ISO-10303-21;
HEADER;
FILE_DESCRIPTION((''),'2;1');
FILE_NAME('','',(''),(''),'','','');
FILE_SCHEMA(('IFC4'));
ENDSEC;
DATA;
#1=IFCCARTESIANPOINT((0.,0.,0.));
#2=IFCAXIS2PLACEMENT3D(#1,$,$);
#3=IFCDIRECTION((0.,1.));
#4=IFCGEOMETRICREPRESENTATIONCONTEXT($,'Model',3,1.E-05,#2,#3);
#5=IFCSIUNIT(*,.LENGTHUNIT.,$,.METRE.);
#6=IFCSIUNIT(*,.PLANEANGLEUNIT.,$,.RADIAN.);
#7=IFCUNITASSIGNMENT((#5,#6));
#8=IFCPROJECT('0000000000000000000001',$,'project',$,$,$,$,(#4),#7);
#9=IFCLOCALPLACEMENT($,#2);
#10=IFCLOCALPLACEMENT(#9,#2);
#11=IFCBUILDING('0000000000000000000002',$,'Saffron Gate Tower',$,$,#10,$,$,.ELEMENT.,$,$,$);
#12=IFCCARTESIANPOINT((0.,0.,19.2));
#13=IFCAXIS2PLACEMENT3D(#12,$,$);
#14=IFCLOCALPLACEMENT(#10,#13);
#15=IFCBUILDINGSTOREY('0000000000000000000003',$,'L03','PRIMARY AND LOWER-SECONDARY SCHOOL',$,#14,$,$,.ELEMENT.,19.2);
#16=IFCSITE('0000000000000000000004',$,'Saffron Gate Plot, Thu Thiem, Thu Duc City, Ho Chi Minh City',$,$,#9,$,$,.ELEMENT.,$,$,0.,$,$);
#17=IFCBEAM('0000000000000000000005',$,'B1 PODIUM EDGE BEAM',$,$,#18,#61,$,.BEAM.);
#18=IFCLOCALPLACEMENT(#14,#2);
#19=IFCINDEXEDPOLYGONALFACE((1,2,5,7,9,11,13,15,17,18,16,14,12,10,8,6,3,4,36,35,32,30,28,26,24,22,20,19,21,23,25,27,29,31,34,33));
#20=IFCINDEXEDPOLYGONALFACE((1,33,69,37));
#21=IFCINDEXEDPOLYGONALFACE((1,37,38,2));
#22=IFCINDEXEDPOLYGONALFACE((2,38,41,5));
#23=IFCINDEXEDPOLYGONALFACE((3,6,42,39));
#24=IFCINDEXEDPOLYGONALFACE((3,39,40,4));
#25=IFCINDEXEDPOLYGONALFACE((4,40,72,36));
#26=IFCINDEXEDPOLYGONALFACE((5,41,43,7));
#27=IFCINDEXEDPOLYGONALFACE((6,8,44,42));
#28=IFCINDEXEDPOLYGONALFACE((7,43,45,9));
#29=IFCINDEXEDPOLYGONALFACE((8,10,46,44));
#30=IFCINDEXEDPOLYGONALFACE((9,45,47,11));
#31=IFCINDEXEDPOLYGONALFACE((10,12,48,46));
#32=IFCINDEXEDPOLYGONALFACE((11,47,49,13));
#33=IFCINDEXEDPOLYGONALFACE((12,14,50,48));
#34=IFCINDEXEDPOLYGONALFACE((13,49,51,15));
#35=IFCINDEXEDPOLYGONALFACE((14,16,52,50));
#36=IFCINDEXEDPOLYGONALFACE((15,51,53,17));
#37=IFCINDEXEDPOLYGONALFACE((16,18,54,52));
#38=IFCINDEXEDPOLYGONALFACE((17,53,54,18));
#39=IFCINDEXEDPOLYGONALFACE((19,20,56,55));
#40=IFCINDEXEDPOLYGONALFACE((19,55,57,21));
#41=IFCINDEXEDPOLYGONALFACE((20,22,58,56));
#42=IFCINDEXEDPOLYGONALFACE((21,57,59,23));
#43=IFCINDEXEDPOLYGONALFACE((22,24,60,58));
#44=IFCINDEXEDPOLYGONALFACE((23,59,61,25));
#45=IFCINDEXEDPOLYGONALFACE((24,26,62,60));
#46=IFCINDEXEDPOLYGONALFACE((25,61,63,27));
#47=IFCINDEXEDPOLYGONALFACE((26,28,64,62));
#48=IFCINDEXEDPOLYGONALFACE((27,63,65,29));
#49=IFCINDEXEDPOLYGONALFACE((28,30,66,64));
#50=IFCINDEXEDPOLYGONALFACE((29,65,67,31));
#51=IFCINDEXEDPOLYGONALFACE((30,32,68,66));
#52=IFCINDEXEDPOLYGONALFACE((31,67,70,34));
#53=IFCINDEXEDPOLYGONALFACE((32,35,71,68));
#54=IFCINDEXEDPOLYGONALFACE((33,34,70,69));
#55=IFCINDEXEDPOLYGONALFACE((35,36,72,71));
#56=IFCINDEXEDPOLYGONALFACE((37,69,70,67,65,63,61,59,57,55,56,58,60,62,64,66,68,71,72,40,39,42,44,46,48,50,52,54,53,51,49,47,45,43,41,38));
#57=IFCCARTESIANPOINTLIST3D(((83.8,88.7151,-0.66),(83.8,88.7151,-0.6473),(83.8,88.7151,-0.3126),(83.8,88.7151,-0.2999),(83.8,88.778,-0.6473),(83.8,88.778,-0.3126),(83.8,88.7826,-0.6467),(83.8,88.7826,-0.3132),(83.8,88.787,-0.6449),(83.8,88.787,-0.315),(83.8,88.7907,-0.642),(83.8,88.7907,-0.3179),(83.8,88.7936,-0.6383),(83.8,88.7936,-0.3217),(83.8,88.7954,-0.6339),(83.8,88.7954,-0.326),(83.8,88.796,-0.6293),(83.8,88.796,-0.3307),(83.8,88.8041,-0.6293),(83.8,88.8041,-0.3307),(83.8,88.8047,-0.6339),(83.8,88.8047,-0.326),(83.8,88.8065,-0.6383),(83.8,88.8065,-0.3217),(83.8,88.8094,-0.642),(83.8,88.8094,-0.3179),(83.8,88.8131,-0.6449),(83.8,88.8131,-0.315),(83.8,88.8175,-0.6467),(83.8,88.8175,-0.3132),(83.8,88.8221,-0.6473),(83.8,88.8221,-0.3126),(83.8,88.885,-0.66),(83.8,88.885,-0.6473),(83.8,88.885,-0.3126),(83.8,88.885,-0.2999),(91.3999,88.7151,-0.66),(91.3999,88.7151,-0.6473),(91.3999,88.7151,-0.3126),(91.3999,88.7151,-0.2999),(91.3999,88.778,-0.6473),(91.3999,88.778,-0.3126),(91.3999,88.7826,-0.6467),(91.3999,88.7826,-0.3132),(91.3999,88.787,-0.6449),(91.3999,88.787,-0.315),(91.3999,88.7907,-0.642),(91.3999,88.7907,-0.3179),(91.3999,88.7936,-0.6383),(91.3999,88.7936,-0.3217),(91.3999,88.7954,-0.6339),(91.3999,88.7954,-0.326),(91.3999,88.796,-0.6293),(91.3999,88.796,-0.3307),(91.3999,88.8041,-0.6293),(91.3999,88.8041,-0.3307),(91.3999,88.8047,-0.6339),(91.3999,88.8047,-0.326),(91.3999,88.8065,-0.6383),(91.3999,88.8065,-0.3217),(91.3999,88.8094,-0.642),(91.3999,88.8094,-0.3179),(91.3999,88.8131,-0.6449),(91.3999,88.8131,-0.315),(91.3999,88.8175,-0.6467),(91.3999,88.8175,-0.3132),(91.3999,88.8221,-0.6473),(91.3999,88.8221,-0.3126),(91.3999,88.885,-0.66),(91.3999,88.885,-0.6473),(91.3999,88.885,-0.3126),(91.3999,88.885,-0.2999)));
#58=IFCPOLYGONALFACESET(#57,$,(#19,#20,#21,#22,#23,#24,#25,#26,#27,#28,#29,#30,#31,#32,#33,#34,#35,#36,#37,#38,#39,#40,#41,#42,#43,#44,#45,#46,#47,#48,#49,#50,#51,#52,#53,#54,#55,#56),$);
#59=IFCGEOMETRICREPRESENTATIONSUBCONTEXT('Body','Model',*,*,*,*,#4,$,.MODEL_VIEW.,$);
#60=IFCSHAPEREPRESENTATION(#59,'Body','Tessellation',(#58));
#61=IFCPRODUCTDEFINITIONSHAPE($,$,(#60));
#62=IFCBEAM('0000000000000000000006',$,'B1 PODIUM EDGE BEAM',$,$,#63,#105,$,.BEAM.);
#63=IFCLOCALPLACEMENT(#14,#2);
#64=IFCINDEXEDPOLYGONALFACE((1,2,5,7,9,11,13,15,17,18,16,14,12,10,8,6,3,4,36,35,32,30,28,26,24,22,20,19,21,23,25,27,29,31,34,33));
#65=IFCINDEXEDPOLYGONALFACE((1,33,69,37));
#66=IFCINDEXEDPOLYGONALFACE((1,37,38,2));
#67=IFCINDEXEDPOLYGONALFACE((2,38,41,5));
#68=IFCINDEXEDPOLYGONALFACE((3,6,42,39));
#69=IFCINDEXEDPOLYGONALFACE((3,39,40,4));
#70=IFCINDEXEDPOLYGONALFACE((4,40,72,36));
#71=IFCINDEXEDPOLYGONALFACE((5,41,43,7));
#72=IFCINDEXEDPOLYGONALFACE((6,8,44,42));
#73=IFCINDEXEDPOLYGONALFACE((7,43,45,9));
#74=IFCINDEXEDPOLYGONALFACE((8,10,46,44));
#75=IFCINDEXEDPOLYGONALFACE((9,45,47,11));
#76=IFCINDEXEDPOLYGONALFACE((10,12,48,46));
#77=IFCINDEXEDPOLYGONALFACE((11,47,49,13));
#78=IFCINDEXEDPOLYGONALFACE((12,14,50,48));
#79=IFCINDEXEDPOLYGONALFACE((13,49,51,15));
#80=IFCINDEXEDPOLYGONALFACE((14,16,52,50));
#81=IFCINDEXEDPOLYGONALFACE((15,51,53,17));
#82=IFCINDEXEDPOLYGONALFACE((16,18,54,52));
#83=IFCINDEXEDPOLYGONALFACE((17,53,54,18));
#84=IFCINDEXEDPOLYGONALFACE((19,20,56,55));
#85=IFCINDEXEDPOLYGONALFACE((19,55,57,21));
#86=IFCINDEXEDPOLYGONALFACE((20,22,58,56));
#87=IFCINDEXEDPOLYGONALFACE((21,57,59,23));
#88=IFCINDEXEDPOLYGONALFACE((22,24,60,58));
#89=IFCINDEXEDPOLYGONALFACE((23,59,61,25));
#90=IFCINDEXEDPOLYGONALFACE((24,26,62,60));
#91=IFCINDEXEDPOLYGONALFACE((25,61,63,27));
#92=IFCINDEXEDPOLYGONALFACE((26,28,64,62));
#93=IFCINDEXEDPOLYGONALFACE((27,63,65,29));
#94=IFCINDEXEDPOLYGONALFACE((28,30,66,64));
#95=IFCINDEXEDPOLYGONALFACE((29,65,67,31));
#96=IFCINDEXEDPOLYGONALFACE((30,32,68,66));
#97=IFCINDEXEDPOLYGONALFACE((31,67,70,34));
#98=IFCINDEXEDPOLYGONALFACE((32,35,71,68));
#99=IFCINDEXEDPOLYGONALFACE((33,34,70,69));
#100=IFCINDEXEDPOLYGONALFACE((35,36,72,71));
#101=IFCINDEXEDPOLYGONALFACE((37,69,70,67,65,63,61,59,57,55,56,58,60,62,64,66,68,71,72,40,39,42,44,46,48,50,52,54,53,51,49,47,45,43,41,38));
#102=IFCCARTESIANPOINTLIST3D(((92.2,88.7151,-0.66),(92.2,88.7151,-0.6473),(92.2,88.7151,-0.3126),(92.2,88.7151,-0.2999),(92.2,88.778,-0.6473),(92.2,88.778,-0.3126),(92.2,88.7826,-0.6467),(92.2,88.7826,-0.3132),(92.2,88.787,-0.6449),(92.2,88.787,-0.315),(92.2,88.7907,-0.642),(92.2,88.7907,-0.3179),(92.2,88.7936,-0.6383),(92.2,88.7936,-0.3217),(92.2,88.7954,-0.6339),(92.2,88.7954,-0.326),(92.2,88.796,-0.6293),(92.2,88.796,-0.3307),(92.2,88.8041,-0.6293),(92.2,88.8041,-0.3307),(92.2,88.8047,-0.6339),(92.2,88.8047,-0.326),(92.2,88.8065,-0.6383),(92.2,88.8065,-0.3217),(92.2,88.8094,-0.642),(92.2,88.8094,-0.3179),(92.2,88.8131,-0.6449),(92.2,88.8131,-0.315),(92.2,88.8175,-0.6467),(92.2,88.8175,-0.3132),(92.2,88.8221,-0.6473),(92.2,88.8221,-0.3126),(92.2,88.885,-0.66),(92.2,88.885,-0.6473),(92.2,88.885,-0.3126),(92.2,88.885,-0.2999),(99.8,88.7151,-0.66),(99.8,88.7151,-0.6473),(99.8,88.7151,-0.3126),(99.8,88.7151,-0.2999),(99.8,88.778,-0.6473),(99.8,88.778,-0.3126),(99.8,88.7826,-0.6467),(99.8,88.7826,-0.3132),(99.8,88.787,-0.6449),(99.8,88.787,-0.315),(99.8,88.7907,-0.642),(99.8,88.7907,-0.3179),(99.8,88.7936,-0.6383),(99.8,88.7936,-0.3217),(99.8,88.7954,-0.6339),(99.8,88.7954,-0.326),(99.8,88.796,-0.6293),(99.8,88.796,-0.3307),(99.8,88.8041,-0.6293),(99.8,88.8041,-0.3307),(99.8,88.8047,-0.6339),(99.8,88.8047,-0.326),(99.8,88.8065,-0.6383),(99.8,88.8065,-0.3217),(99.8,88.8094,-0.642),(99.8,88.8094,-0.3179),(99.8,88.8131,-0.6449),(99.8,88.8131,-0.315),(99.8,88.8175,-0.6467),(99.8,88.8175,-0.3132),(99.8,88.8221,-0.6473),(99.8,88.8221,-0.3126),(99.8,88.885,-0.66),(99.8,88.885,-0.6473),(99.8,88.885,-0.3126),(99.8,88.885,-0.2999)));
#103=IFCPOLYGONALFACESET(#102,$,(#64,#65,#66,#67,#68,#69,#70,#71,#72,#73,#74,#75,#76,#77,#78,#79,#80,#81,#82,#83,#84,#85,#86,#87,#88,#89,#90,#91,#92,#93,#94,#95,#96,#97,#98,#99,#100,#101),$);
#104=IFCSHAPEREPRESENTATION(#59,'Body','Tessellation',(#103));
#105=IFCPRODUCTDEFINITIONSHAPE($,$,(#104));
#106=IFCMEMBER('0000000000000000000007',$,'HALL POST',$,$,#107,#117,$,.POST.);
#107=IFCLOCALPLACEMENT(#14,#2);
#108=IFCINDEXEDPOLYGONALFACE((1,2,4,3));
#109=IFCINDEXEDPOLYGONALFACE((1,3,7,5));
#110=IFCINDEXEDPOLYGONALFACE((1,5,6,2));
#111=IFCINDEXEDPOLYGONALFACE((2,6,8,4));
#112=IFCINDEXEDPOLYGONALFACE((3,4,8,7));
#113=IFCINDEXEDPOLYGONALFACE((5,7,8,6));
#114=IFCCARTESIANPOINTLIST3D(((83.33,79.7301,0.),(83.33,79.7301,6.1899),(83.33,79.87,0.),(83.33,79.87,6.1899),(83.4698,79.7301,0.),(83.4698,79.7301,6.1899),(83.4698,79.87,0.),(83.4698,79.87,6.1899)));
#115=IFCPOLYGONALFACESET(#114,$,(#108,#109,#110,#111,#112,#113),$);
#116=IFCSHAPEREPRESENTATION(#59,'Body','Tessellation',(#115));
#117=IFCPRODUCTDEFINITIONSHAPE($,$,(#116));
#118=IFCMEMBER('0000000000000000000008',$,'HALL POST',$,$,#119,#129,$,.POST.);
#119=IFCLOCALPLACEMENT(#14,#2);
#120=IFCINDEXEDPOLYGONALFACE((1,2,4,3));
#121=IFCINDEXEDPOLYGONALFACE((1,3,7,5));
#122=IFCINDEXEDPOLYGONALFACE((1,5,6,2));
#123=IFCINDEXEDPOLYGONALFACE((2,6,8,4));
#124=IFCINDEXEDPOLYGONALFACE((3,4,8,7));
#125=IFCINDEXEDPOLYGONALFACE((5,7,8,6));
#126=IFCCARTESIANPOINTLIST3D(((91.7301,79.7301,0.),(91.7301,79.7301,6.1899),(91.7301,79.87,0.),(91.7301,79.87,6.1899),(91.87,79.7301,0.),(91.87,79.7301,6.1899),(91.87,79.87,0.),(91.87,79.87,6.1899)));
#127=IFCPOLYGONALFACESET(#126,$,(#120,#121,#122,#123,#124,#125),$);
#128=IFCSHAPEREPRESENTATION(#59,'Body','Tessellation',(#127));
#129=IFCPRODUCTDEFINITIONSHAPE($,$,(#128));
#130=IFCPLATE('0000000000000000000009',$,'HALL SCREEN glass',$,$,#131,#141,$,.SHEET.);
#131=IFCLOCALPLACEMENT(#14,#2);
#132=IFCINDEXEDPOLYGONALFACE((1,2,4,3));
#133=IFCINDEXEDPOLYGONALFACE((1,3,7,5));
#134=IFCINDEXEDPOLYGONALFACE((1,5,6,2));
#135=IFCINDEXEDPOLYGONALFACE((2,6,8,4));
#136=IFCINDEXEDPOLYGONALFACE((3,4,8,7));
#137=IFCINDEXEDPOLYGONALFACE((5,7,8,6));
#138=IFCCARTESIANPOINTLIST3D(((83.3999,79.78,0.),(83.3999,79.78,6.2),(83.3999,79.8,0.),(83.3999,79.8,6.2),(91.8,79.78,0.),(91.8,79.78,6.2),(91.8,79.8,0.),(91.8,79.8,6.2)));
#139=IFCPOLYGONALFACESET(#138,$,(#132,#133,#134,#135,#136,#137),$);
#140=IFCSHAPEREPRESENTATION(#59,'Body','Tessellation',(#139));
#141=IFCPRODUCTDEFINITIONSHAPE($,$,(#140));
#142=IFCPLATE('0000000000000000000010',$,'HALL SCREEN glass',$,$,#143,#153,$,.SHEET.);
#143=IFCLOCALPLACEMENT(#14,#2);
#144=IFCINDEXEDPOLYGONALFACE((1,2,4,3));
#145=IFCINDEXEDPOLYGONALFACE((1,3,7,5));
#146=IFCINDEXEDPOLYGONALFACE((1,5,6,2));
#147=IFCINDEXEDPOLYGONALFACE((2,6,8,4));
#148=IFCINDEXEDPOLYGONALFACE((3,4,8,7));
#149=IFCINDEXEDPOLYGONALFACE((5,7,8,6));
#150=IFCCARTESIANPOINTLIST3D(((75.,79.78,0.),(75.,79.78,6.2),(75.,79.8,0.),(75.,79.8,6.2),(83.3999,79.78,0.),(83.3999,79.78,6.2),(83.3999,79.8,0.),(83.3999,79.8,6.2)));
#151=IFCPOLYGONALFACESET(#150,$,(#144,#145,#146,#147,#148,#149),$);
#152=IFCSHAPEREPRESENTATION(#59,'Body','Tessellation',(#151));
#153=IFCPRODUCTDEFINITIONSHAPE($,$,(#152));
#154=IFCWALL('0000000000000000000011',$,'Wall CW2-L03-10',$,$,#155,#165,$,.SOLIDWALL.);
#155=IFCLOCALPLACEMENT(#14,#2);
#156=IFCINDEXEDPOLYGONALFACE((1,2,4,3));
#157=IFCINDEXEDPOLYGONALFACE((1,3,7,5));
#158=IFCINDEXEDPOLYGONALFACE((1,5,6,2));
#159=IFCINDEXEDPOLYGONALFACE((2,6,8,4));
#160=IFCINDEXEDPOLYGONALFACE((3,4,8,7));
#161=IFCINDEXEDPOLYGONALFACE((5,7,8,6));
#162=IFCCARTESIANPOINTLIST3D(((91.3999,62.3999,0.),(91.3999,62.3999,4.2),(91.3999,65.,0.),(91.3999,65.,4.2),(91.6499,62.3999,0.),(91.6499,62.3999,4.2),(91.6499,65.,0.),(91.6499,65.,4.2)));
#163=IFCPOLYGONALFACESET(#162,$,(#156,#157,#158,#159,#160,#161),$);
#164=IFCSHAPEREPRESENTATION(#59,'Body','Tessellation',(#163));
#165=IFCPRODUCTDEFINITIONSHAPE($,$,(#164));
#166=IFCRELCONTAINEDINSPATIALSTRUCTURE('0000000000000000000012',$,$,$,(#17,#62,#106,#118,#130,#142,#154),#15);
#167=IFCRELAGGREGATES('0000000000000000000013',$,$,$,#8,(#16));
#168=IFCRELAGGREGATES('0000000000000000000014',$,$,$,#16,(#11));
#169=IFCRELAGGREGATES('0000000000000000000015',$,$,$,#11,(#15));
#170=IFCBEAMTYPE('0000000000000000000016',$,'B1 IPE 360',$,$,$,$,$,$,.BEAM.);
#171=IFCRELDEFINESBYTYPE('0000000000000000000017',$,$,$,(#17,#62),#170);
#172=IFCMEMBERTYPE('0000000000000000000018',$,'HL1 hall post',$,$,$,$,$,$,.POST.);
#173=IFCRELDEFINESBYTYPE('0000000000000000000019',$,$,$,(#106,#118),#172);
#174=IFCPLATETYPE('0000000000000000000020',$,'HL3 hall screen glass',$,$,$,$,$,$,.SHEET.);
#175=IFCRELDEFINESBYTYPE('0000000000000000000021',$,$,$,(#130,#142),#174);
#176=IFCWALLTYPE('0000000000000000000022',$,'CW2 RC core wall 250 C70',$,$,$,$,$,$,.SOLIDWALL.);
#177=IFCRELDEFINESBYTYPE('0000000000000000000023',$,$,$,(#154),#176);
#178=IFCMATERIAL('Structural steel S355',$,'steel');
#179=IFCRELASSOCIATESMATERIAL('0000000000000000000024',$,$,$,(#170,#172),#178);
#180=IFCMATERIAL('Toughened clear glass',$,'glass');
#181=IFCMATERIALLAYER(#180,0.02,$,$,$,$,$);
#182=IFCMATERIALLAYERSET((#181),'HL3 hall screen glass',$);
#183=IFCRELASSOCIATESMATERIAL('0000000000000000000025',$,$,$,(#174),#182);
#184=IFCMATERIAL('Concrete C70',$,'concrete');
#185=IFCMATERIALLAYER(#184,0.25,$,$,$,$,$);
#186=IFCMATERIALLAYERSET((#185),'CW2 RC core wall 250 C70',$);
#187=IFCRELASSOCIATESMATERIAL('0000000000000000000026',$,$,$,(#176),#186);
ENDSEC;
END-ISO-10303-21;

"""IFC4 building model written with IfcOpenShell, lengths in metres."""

from ifc_helpers import new_model, si_unit, direction, frame, frame_2d, origin, origin_2d, place, context, subcontext, project, spatial, polyline, rectangle, i_section, outline, extrude, material, layer, layer_set, material_profile, profile_set, type_object, element, save


model = new_model("IFC4")

# Units and contexts
model_context = context("Model", 3, precision=1e-05, world=origin(), true_north=direction((0.0, 1.0)))
body_context = subcontext(model_context, "Body", "Model", "MODEL_VIEW")
ifc_project = project(units=[si_unit("LENGTHUNIT", "METRE"), si_unit("PLANEANGLEUNIT", "RADIAN")], contexts=[model_context])

# Site, building, storey
site_placement = place(None, origin())
site = spatial("IfcSite", under=ifc_project, at=site_placement, Name="Saffron Gate Plot, Thu Thiem, Thu Duc City, Ho Chi Minh City", CompositionType="ELEMENT", RefElevation=0.0)
building_placement = place(site_placement, origin())
building = spatial("IfcBuilding", under=site, at=building_placement, Name="Saffron Gate Tower", CompositionType="ELEMENT")
storey_placement = place(building_placement, frame((0.0, 0.0, 19.2)))
storey = spatial("IfcBuildingStorey", under=building, at=storey_placement, Name="L03", Description="PRIMARY AND LOWER-SECONDARY SCHOOL", CompositionType="ELEMENT", Elevation=19.2)

# Beams
ifc_material_1 = material(Name="Structural steel S355", Category="steel")
ifc_material_profile_1 = material_profile(ifc_material_1, i_section(OverallWidth=0.1699, OverallDepth=0.3601, WebThickness=0.0081, FlangeThickness=0.0127, FilletRadius=0.0181, at=origin_2d()))
ifc_profile_set_1 = profile_set([ifc_material_profile_1], Name="Structural steel S355")
beam_type = type_object("IfcBeamType", Name="B1 IPE 360", PredefinedType="BEAM", material=ifc_profile_set_1)
beam_1_placement = place(storey_placement, frame((83.8, 88.8, -0.48), z_axis=(1.0, 0.0, 0.0), x_axis=(0.0, 1.0, 0.0)))
element("IfcBeam", 1, at=beam_1_placement, inside=storey, type_object=beam_type, Name="B1 PODIUM EDGE BEAM", PredefinedType="BEAM", context=body_context, shape_type="SweptSolid", body=[
    extrude(i_section(OverallWidth=0.1699, OverallDepth=0.3601, WebThickness=0.0081, FlangeThickness=0.0127, FilletRadius=0.0181, at=origin_2d()), origin(), (0.0, 0.0, 1.0), 7.5999),
])
beam_2_placement = place(storey_placement, frame((92.2, 88.8, -0.48), z_axis=(1.0, 0.0, 0.0), x_axis=(0.0, 1.0, 0.0)))
element("IfcBeam", 2, at=beam_2_placement, inside=storey, type_object=beam_type, Name="B1 PODIUM EDGE BEAM", PredefinedType="BEAM", context=body_context, shape_type="SweptSolid", body=[
    extrude(i_section(OverallWidth=0.1699, OverallDepth=0.3601, WebThickness=0.0081, FlangeThickness=0.0127, FilletRadius=0.0181, at=origin_2d()), origin(), (0.0, 0.0, 1.0), 7.6001),
])

# Members
ifc_material_profile_2 = material_profile(ifc_material_1, rectangle(XDim=0.1399, YDim=0.1399, at=origin_2d()))
ifc_profile_set_2 = profile_set([ifc_material_profile_2], Name="Structural steel S355")
member_type = type_object("IfcMemberType", Name="HL1 hall post", PredefinedType="POST", material=ifc_profile_set_2)
for number, where, z_axis, x_axis, name in (
    (3, (83.3999, 79.8, 0.0), (0.0, 0.0, 1.0), (1.0, 0.0, 0.0), "HALL POST"),
    (4, (91.8, 79.8, 0.0), (0.0, 0.0, 1.0), (1.0, 0.0, 0.0), "HALL POST"),
):
    element("IfcMember", number, at=place(storey_placement, frame(where, z_axis=z_axis, x_axis=x_axis)), inside=storey, type_object=member_type, Name=name, PredefinedType="POST", context=body_context, shape_type="SweptSolid", body=[
        extrude(rectangle(XDim=0.1399, YDim=0.1399, at=origin_2d()), origin(), (0.0, 0.0, 1.0), 6.1899),
    ])

# Plates
ifc_material_2 = material(Name="Toughened clear glass", Category="glass")
ifc_layer_1 = layer(ifc_material_2, 0.02)
ifc_layer_set_1 = layer_set([ifc_layer_1], Name="HL3 hall screen glass")
plate_type = type_object("IfcPlateType", Name="HL3 hall screen glass", PredefinedType="SHEET", material=ifc_layer_set_1)
plate_1_placement = place(storey_placement, frame((91.8, 79.8, 0.0), z_axis=(0.0, 1.0, 0.0), x_axis=(-1.0, 0.0, 0.0)))
element("IfcPlate", 5, at=plate_1_placement, inside=storey, type_object=plate_type, Name="HALL SCREEN glass", PredefinedType="SHEET", context=body_context, shape_type="SweptSolid", body=[
    extrude(outline(polyline([(0.0, 0.0), (8.4001, 0.0), (8.4001, 6.2), (0.0, 6.2), (0.0, 0.0)])), origin(), (0.0, 0.0, -1.0), 0.02),
])
plate_2_placement = place(storey_placement, frame((83.3999, 79.8, 0.0), z_axis=(0.0, 1.0, 0.0), x_axis=(-1.0, 0.0, 0.0)))
element("IfcPlate", 6, at=plate_2_placement, inside=storey, type_object=plate_type, Name="HALL SCREEN glass", PredefinedType="SHEET", context=body_context, shape_type="SweptSolid", body=[
    extrude(outline(polyline([(0.0, 0.0), (8.3999, 0.0), (8.3999, 6.2), (0.0, 6.2), (0.0, 0.0)])), origin(), (0.0, 0.0, -1.0), 0.02),
])

# Wall
ifc_material_3 = material(Name="Concrete C70", Category="concrete")
ifc_layer_2 = layer(ifc_material_3, 0.25)
ifc_layer_set_2 = layer_set([ifc_layer_2], Name="CW2 RC core wall 250 C70")
wall_type_1 = type_object("IfcWallType", Name="CW2 RC core wall 250 C70", PredefinedType="SOLIDWALL", material=ifc_layer_set_2)
wall_1_placement = place(storey_placement, frame((91.5249, 62.3999, 0.0), z_axis=(0.0, 0.0, 1.0), x_axis=(0.0, 1.0, 0.0)))
element("IfcWall", 7, at=wall_1_placement, inside=storey, type_object=wall_type_1, Name="Wall CW2-L03-10", PredefinedType="SOLIDWALL", context=body_context, shape_type="SweptSolid", body=[
    extrude(rectangle(XDim=2.6001, YDim=0.25, at=frame_2d((1.3, 0.0))), origin(), (0.0, 0.0, 1.0), 4.2),
])

save(model, "model.ifc")
